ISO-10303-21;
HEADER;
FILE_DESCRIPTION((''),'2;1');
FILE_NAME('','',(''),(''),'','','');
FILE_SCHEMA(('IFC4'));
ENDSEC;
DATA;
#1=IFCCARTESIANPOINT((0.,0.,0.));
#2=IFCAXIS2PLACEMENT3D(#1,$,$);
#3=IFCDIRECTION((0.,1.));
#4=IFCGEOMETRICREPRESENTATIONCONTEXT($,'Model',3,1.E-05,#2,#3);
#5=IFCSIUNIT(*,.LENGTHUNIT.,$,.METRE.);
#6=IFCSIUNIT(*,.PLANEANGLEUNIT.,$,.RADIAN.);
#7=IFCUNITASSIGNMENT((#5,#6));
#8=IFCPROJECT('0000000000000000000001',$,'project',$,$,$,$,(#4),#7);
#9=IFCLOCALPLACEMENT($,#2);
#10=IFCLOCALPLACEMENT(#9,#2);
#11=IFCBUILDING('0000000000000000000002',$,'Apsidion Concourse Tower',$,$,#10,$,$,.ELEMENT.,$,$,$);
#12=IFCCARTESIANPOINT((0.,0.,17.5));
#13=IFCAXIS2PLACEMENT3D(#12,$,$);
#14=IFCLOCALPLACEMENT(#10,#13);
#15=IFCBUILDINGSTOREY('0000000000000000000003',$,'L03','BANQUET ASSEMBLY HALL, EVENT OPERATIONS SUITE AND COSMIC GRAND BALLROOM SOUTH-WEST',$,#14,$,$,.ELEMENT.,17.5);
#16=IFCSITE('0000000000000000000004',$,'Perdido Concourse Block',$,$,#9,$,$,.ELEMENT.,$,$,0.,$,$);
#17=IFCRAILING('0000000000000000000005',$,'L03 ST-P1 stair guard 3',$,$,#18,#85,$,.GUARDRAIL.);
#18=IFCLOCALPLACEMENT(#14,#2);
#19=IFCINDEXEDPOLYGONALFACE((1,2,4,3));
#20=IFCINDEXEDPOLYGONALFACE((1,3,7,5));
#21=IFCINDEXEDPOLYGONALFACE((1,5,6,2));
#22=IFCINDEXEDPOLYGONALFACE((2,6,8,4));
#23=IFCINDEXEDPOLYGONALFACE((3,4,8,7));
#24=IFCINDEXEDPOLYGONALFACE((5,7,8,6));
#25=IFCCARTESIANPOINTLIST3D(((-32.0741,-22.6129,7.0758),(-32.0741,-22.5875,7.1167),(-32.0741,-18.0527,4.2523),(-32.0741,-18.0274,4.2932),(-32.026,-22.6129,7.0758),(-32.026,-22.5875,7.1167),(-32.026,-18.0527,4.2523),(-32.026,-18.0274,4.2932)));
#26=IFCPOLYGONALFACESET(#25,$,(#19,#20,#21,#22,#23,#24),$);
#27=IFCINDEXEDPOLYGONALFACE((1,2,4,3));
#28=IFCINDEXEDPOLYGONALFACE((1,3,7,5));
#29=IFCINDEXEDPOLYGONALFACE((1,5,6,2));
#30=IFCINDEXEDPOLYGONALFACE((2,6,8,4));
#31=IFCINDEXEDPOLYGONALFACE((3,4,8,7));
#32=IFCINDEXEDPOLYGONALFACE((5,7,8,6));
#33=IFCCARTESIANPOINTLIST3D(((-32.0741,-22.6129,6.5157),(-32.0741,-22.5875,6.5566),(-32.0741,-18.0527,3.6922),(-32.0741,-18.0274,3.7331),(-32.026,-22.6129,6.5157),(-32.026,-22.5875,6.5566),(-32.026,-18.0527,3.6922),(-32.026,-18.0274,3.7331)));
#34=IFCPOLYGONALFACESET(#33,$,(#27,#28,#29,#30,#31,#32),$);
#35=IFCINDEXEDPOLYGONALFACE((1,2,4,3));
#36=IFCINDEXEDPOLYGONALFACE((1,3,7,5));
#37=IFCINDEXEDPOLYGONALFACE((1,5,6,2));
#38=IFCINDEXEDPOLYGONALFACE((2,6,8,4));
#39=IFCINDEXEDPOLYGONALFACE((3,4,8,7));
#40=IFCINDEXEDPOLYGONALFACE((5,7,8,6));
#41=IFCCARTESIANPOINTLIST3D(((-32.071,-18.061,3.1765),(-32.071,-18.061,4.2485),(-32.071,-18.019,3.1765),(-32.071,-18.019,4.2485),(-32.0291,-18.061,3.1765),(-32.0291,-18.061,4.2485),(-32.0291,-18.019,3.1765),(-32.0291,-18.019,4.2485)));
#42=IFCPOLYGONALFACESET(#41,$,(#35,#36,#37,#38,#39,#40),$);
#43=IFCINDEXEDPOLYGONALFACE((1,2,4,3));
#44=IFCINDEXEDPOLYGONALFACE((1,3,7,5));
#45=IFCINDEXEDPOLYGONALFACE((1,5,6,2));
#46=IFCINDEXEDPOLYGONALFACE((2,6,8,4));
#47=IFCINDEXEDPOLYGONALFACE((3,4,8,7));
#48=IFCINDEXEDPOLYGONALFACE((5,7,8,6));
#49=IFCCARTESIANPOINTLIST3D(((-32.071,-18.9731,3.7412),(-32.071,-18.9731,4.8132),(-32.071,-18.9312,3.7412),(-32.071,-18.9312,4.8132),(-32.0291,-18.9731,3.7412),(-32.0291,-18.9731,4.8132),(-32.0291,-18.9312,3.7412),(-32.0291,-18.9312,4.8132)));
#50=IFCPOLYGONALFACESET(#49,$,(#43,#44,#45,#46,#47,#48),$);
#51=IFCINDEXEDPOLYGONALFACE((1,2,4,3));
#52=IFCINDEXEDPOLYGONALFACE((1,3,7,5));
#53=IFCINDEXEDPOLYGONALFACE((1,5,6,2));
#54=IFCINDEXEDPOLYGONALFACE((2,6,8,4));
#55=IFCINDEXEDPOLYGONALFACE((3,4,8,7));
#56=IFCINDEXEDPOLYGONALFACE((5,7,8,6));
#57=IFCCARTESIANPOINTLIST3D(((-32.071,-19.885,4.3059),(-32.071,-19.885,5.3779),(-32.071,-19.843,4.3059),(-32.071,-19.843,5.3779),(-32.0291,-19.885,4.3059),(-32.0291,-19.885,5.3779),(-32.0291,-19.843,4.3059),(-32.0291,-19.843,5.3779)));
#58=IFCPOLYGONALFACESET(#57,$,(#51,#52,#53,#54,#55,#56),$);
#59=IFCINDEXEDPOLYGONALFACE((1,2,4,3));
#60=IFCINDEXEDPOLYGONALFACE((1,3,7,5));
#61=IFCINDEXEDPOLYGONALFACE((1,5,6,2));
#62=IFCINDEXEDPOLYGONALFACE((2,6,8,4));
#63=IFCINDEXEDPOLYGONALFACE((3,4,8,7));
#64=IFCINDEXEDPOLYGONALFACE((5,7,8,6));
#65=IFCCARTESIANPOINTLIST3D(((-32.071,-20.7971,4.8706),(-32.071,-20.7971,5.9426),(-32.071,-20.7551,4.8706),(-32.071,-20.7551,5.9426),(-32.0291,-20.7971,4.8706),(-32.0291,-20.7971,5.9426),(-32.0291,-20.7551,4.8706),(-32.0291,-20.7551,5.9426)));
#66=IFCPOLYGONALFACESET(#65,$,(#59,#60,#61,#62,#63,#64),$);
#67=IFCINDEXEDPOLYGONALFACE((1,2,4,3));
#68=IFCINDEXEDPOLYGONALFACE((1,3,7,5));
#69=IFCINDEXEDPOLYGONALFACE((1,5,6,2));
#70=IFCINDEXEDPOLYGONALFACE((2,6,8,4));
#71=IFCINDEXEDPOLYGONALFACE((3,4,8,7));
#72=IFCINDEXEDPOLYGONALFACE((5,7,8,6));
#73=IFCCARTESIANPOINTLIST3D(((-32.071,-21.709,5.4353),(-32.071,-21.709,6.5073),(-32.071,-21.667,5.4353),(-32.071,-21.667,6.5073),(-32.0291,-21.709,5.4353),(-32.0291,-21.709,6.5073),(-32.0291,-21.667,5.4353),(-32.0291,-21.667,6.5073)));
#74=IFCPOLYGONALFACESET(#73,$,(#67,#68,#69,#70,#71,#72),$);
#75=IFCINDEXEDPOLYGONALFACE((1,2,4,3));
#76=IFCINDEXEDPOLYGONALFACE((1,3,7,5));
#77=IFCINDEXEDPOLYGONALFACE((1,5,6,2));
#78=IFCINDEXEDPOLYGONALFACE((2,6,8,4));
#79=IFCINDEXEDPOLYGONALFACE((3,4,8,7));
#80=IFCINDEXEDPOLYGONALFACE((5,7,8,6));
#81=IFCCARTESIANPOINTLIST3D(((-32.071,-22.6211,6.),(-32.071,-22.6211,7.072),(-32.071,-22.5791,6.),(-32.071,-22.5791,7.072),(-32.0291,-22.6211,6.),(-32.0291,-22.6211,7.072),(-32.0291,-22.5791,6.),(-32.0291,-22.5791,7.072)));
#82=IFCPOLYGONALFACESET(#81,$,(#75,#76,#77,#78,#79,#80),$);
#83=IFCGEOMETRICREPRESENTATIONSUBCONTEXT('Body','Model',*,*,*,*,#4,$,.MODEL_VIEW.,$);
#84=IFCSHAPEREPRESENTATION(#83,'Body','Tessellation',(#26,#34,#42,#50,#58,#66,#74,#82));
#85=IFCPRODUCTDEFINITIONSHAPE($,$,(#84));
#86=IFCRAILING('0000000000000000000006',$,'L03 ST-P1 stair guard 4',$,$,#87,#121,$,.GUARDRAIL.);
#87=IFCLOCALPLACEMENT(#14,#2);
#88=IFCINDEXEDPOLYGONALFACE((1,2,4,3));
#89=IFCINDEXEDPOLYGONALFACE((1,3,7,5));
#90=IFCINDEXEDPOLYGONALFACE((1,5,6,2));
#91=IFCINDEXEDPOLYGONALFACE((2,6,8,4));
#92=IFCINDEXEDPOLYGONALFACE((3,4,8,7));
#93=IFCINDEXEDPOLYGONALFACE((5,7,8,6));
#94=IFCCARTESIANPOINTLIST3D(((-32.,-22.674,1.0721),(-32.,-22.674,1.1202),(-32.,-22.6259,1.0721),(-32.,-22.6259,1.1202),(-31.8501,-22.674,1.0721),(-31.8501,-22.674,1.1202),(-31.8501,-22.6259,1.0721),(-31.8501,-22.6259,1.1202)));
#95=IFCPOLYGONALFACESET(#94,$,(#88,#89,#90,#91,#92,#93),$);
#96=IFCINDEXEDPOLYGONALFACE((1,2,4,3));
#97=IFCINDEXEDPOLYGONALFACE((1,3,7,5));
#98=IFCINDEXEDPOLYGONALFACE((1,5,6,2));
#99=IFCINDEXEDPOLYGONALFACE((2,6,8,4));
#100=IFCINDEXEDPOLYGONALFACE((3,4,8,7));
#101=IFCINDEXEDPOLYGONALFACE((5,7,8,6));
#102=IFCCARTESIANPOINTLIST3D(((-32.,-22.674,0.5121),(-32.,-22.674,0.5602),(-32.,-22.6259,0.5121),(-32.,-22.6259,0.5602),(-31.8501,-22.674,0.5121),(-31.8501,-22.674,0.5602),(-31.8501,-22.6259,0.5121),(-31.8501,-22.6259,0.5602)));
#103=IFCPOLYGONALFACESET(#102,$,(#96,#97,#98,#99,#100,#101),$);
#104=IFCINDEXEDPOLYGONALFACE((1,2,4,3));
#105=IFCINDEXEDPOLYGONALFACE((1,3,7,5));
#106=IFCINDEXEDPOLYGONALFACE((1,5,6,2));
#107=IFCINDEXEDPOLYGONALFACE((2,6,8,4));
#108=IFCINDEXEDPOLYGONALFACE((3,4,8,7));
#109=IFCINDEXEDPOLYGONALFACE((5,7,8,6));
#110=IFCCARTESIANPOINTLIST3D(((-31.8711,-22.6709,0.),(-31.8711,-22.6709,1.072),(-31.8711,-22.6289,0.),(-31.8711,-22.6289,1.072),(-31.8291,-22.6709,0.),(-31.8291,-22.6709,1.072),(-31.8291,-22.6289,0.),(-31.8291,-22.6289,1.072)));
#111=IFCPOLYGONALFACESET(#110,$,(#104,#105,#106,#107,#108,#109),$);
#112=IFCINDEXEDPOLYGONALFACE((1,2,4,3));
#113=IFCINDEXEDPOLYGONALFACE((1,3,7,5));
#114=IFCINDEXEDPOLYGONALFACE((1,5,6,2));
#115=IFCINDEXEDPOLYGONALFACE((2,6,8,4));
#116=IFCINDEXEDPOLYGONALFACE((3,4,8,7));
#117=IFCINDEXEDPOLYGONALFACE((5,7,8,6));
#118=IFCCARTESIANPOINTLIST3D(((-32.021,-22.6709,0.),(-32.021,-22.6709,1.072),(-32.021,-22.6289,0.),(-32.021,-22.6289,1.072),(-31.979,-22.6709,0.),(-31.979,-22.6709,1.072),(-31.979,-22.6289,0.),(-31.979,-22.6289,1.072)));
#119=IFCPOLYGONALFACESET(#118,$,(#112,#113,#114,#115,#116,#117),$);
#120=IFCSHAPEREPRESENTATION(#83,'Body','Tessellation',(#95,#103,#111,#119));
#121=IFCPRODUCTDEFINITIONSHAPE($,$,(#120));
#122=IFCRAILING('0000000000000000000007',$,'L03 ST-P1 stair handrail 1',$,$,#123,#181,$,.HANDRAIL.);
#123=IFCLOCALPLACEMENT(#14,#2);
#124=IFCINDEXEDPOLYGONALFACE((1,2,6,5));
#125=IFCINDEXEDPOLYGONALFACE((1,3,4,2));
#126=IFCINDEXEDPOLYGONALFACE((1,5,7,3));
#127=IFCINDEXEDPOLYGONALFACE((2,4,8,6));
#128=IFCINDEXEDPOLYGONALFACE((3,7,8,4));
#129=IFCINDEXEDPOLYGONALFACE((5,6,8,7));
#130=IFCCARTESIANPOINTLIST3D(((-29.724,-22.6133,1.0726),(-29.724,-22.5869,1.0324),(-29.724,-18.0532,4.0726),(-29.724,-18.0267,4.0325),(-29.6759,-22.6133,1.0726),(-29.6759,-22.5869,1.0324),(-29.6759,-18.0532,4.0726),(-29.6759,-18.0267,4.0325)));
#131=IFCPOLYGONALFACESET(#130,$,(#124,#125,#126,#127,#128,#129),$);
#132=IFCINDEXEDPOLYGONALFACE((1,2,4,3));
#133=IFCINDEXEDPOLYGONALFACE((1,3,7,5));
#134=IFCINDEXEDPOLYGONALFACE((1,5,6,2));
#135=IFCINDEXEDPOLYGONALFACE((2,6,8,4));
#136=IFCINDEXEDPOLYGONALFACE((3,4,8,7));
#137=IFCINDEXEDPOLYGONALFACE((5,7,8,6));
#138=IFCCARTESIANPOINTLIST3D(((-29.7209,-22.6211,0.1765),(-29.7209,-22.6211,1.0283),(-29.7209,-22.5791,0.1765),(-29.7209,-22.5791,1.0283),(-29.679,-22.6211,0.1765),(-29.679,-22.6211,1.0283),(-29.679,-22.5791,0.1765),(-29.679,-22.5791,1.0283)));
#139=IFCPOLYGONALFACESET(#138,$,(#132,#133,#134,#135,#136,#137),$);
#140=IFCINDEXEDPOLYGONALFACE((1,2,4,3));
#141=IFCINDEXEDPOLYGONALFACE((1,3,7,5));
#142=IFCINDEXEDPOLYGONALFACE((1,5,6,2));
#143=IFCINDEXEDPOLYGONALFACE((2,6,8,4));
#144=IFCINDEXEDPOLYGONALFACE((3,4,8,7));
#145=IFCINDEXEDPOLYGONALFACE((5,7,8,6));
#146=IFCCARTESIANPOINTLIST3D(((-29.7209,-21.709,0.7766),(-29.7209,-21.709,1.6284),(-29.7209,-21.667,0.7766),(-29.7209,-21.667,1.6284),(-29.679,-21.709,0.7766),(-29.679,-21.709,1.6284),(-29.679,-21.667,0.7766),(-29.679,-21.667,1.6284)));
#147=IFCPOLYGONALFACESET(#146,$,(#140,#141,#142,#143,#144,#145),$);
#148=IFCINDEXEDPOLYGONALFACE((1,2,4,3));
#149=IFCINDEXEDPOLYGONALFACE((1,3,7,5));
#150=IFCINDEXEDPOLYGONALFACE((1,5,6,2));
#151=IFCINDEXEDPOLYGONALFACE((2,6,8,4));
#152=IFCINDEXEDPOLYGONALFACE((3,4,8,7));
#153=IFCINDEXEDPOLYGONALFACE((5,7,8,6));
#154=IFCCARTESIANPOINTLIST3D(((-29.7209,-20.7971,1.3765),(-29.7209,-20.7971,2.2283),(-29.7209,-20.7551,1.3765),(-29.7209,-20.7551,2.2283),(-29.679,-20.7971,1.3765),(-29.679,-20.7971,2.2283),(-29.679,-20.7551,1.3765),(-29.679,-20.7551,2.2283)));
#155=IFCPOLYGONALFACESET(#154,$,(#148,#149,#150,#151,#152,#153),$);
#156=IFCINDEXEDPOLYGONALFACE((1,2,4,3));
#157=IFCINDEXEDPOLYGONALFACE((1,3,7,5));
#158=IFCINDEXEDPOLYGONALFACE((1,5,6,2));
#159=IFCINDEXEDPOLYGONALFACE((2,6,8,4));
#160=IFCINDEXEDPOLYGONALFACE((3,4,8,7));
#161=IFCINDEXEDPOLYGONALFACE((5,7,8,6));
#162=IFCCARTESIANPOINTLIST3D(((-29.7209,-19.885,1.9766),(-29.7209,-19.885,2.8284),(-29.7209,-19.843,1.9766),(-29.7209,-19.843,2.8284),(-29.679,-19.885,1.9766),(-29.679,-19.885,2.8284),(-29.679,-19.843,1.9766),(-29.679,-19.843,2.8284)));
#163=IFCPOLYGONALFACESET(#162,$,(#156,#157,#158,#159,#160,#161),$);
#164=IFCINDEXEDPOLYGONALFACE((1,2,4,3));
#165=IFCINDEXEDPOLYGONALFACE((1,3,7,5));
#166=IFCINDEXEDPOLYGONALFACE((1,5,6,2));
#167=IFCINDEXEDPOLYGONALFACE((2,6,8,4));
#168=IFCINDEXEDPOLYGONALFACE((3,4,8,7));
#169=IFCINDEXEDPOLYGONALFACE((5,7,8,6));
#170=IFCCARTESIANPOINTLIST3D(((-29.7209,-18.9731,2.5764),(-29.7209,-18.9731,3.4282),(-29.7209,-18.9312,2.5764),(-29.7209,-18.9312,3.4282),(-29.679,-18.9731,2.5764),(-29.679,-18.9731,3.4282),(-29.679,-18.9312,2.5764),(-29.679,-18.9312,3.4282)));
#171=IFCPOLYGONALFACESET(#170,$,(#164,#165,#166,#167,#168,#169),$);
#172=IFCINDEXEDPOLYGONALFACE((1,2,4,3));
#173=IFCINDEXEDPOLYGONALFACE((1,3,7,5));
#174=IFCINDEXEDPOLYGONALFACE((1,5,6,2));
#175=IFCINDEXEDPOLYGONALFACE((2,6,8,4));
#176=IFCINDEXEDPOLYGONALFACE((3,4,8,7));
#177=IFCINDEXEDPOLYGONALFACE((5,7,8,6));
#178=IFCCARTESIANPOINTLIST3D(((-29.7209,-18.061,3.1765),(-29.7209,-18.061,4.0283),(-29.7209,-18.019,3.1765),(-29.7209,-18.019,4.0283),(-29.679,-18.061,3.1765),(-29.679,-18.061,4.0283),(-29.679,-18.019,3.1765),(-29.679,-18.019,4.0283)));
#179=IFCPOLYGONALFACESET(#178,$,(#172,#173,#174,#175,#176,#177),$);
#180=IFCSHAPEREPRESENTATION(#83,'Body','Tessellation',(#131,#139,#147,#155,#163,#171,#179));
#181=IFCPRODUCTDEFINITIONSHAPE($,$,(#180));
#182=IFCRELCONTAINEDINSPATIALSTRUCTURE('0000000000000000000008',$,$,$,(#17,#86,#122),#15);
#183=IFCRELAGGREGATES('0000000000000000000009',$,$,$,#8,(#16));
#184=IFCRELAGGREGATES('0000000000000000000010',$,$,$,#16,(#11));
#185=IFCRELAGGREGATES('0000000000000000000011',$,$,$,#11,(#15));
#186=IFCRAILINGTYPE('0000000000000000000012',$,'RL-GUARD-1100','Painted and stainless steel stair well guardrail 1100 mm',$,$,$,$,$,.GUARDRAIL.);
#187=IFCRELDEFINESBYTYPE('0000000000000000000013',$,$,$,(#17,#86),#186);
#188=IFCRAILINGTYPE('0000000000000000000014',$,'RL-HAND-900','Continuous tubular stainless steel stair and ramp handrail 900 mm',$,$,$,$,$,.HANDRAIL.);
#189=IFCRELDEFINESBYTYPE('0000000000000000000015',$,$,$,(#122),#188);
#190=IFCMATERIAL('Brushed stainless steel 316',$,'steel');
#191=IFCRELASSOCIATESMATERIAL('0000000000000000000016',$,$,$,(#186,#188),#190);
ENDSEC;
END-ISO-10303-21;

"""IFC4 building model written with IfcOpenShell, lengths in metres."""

from ifc_helpers import new_model, si_unit, direction, frame, origin, origin_2d, place, context, subcontext, project, spatial, rectangle, extrude, material, type_object, element, save


model = new_model("IFC4")

# Units and contexts
model_context = context("Model", 3, precision=1e-05, world=origin(), true_north=direction((0.0, 1.0)))
body_context = subcontext(model_context, "Body", "Model", "MODEL_VIEW")
ifc_project = project(units=[si_unit("LENGTHUNIT", "METRE"), si_unit("PLANEANGLEUNIT", "RADIAN")], contexts=[model_context])

# Site, building, storey
site_placement = place(None, origin())
site = spatial("IfcSite", under=ifc_project, at=site_placement, Name="Perdido Concourse Block", CompositionType="ELEMENT", RefElevation=0.0)
building_placement = place(site_placement, origin())
building = spatial("IfcBuilding", under=site, at=building_placement, Name="Apsidion Concourse Tower", CompositionType="ELEMENT")
storey_placement = place(building_placement, frame((0.0, 0.0, 17.5)))
storey = spatial("IfcBuildingStorey", under=building, at=storey_placement, Name="L03", Description="BANQUET ASSEMBLY HALL, EVENT OPERATIONS SUITE AND COSMIC GRAND BALLROOM SOUTH-WEST", CompositionType="ELEMENT", Elevation=17.5)

# Shared definitions
ifc_material_1 = material(Name="Brushed stainless steel 316", Category="steel")

# Railings
railing_type_1 = type_object("IfcRailingType", Name="RL-GUARD-1100", Description="Painted and stainless steel stair well guardrail 1100 mm", PredefinedType="GUARDRAIL", material=ifc_material_1)
railing_1_placement = place(storey_placement, frame((-32.05, -18.04, 3.1765)))
element("IfcRailing", 1, at=railing_1_placement, inside=storey, type_object=railing_type_1, Name="L03 ST-P1 stair guard 3", PredefinedType="GUARDRAIL", context=body_context, shape_type="SweptSolid", body=[
    extrude(rectangle(XDim=0.0481, YDim=0.0481, at=origin_2d()), frame((0.0, 0.0, 1.0962), z_axis=(0.0, -0.850216, 0.526435), x_axis=(1.0, 0.0, 0.0)), (0.0, 0.0, 1.0), 5.3635),
    extrude(rectangle(XDim=0.0481, YDim=0.0481, at=origin_2d()), frame((0.0, 0.0, 0.5361), z_axis=(0.0, -0.850216, 0.526435), x_axis=(1.0, 0.0, 0.0)), (0.0, 0.0, 1.0), 5.3635),
    extrude(rectangle(XDim=0.042, YDim=0.042, at=origin_2d()), origin(), (0.0, 0.0, 1.0), 1.072),
    extrude(rectangle(XDim=0.042, YDim=0.042, at=origin_2d()), frame((0.0, -0.9121, 0.5647)), (0.0, 0.0, 1.0), 1.072),
    extrude(rectangle(XDim=0.042, YDim=0.042, at=origin_2d()), frame((0.0, -1.824, 1.1294)), (0.0, 0.0, 1.0), 1.072),
    extrude(rectangle(XDim=0.042, YDim=0.042, at=origin_2d()), frame((0.0, -2.7361, 1.6941)), (0.0, 0.0, 1.0), 1.072),
    extrude(rectangle(XDim=0.042, YDim=0.042, at=origin_2d()), frame((0.0, -3.6479, 2.2588)), (0.0, 0.0, 1.0), 1.072),
    extrude(rectangle(XDim=0.042, YDim=0.042, at=origin_2d()), frame((0.0, -4.5601, 2.8235)), (0.0, 0.0, 1.0), 1.072),
])
railing_2_placement = place(storey_placement, frame((-31.8501, -22.6499, 0.0)))
element("IfcRailing", 2, at=railing_2_placement, inside=storey, type_object=railing_type_1, Name="L03 ST-P1 stair guard 4", PredefinedType="GUARDRAIL", context=body_context, shape_type="SweptSolid", body=[
    extrude(rectangle(XDim=0.0481, YDim=0.0481, at=origin_2d()), frame((0.0, 0.0, 1.0962), z_axis=(-1.0, 0.0, 0.0), x_axis=(0.0, -1.0, 0.0)), (0.0, 0.0, 1.0), 0.1499),
    extrude(rectangle(XDim=0.0481, YDim=0.0481, at=origin_2d()), frame((0.0, 0.0, 0.5361), z_axis=(-1.0, 0.0, 0.0), x_axis=(0.0, -1.0, 0.0)), (0.0, 0.0, 1.0), 0.1499),
    extrude(rectangle(XDim=0.042, YDim=0.042, at=origin_2d()), origin(), (0.0, 0.0, 1.0), 1.072),
    extrude(rectangle(XDim=0.042, YDim=0.042, at=origin_2d()), frame((-0.1499, 0.0, 0.0)), (0.0, 0.0, 1.0), 1.072),
])
railing_type_2 = type_object("IfcRailingType", Name="RL-HAND-900", Description="Continuous tubular stainless steel stair and ramp handrail 900 mm", PredefinedType="HANDRAIL", material=ifc_material_1)
railing_3_placement = place(storey_placement, frame((-29.7, -22.6001, 0.1765)))
element("IfcRailing", 3, at=railing_3_placement, inside=storey, type_object=railing_type_2, Name="L03 ST-P1 stair handrail 1", PredefinedType="HANDRAIL", context=body_context, shape_type="SweptSolid", body=[
    extrude(rectangle(XDim=0.0481, YDim=0.0481, at=origin_2d()), frame((0.0, 0.0, 0.876), z_axis=(0.0, 0.83542, 0.549612), x_axis=(-1.0, 0.0, 0.0)), (0.0, 0.0, 1.0), 5.4585),
    extrude(rectangle(XDim=0.042, YDim=0.042, at=origin_2d()), origin(), (0.0, 0.0, 1.0), 0.8518),
    extrude(rectangle(XDim=0.042, YDim=0.042, at=origin_2d()), frame((0.0, 0.9121, 0.6001)), (0.0, 0.0, 1.0), 0.8518),
    extrude(rectangle(XDim=0.042, YDim=0.042, at=origin_2d()), frame((0.0, 1.824, 1.2)), (0.0, 0.0, 1.0), 0.8518),
    extrude(rectangle(XDim=0.042, YDim=0.042, at=origin_2d()), frame((0.0, 2.7361, 1.8)), (0.0, 0.0, 1.0), 0.8518),
    extrude(rectangle(XDim=0.042, YDim=0.042, at=origin_2d()), frame((0.0, 3.6479, 2.3999)), (0.0, 0.0, 1.0), 0.8518),
    extrude(rectangle(XDim=0.042, YDim=0.042, at=origin_2d()), frame((0.0, 4.5601, 3.0)), (0.0, 0.0, 1.0), 0.8518),
])

save(model, "model.ifc")
